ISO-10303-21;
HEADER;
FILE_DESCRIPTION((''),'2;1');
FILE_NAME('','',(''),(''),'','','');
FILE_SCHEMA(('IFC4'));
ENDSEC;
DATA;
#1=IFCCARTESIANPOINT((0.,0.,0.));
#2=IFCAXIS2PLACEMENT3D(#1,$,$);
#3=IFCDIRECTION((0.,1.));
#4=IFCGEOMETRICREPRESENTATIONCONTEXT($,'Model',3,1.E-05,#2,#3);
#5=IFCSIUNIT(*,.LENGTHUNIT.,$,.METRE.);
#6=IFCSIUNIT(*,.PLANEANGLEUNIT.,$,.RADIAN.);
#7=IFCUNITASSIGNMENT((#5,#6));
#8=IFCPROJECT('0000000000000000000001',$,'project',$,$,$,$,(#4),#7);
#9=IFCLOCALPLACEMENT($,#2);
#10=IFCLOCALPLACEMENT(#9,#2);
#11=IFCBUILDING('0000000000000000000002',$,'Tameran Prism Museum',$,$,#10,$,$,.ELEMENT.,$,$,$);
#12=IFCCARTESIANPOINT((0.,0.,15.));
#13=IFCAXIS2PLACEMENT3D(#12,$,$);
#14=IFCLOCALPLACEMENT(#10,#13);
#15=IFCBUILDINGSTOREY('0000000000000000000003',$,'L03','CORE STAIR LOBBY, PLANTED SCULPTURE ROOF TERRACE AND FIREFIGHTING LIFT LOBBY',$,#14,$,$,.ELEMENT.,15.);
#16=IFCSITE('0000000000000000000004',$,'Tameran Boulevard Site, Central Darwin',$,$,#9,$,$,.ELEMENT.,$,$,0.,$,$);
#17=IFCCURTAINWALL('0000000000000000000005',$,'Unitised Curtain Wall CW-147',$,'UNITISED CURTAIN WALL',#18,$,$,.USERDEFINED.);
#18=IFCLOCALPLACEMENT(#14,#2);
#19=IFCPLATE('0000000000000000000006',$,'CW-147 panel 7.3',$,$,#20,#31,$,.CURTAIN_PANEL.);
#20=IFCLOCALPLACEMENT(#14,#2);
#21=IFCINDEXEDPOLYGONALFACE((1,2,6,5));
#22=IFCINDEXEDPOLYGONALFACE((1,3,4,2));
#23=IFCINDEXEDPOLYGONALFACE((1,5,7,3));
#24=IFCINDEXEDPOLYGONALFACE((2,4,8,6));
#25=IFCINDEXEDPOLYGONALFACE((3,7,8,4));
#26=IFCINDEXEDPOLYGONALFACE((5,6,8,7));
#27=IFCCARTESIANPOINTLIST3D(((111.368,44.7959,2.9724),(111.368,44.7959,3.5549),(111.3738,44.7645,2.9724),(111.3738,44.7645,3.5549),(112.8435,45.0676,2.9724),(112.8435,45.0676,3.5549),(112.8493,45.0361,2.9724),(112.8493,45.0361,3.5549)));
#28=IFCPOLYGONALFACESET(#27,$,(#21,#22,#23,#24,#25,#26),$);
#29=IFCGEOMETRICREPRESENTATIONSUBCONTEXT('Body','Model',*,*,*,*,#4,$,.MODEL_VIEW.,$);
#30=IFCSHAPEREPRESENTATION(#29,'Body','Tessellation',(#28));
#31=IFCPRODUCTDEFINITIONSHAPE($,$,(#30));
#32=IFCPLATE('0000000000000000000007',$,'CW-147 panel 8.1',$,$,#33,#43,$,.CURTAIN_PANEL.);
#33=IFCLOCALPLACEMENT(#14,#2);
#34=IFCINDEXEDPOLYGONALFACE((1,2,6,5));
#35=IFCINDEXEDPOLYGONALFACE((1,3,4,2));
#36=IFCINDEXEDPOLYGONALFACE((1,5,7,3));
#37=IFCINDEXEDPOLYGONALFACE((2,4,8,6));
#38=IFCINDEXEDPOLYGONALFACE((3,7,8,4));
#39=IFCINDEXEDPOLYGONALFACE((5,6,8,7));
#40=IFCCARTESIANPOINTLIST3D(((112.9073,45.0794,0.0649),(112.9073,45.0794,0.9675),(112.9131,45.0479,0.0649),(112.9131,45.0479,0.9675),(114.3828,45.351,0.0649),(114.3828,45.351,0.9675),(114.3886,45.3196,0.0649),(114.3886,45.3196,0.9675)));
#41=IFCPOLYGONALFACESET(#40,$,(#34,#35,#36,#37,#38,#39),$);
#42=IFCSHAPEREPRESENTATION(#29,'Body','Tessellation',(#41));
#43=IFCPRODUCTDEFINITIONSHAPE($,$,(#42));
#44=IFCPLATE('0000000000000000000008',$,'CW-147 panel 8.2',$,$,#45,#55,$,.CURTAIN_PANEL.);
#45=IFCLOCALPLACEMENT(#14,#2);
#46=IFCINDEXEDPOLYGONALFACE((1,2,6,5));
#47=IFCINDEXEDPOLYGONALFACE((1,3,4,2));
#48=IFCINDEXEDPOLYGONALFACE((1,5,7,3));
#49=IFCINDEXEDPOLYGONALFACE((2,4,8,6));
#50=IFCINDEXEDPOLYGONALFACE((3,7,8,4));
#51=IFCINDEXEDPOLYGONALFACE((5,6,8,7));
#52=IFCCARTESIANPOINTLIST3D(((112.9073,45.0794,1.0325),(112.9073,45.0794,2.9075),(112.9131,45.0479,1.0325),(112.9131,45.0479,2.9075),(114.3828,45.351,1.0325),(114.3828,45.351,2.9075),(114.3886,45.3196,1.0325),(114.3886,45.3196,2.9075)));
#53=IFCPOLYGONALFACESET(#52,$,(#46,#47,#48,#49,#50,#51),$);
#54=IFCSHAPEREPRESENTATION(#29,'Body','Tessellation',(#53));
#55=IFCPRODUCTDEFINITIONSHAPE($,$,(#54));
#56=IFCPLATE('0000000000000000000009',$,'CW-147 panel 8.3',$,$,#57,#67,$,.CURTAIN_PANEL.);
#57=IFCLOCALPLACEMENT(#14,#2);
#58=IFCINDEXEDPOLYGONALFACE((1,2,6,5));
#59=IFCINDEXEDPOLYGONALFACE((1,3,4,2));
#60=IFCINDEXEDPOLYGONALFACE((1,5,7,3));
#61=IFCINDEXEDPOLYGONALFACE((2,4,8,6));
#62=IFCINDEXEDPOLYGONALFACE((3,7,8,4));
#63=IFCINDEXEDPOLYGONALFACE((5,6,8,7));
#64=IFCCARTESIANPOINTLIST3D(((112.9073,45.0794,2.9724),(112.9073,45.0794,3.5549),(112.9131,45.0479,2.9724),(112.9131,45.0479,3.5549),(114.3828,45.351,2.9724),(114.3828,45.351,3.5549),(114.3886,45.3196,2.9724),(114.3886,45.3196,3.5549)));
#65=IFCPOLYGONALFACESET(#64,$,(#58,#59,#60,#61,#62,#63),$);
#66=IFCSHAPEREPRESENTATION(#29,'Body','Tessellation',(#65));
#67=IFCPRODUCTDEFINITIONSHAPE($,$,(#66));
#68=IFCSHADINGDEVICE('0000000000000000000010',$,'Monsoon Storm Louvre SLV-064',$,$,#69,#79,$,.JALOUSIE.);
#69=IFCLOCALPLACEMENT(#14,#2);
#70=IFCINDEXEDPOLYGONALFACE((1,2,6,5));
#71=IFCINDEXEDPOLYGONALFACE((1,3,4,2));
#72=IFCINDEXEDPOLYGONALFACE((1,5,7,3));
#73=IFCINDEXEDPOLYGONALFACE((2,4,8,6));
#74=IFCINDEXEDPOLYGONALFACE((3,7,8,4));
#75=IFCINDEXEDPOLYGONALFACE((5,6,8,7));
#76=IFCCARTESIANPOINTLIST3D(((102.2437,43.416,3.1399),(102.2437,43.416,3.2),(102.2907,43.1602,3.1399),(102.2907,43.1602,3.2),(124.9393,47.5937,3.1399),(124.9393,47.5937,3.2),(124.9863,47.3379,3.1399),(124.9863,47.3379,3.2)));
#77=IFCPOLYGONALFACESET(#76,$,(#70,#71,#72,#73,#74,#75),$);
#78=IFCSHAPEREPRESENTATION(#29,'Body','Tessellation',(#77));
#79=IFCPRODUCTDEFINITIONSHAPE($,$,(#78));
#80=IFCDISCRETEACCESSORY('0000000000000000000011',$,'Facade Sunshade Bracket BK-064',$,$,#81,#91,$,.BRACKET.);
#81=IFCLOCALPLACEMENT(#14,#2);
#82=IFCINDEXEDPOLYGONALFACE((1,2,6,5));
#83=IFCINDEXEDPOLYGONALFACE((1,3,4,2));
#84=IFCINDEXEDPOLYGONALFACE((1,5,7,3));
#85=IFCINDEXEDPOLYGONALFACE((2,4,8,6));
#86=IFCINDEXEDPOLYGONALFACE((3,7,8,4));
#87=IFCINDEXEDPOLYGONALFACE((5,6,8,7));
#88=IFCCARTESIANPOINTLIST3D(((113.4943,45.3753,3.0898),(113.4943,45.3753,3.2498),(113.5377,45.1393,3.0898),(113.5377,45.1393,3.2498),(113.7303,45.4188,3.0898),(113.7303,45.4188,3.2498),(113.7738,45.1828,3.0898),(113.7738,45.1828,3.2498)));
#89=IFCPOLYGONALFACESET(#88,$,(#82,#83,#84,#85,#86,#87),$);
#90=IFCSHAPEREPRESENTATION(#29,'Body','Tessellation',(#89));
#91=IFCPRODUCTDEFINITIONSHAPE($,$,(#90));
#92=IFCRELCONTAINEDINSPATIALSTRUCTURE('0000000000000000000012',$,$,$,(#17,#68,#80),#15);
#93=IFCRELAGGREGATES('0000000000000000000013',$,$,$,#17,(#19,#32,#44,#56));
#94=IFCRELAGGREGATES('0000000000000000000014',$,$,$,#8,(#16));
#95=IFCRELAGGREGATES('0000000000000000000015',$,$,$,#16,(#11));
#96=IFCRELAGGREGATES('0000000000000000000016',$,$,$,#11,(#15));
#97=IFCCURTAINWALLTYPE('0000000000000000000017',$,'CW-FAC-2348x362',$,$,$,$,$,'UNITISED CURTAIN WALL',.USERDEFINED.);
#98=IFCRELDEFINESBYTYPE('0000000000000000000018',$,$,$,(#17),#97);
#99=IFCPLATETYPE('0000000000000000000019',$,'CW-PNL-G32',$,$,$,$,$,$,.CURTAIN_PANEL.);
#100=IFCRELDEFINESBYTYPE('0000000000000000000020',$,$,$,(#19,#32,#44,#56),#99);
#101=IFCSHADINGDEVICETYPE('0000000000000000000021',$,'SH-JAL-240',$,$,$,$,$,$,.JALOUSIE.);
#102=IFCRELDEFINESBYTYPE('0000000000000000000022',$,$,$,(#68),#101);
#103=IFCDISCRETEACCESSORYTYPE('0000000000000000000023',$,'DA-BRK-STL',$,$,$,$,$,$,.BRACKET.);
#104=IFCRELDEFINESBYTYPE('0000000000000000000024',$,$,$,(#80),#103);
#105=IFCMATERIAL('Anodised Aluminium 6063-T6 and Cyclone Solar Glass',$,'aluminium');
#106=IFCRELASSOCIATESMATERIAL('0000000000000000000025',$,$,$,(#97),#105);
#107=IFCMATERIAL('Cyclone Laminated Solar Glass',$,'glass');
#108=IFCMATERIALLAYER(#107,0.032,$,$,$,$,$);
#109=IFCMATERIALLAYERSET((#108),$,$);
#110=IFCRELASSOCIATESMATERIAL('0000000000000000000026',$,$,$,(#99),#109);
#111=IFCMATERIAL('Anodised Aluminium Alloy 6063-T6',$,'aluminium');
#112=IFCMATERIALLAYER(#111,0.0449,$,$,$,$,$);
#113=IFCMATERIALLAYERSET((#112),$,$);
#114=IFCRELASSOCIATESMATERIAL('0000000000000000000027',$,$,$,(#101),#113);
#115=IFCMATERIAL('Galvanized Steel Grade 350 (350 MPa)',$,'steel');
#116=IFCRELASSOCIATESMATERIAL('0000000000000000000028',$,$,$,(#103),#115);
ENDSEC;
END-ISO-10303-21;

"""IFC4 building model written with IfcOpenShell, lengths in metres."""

from ifc_helpers import new_model, si_unit, direction, frame, origin, origin_2d, place, context, subcontext, project, spatial, rectangle, extrude, material, layer, layer_set, type_object, element, aggregate, save


model = new_model("IFC4")

# Units and contexts
model_context = context("Model", 3, precision=1e-05, world=origin(), true_north=direction((0.0, 1.0)))
body_context = subcontext(model_context, "Body", "Model", "MODEL_VIEW")
ifc_project = project(units=[si_unit("LENGTHUNIT", "METRE"), si_unit("PLANEANGLEUNIT", "RADIAN")], contexts=[model_context])

# Site, building, storey
site_placement = place(None, origin())
site = spatial("IfcSite", under=ifc_project, at=site_placement, Name="Tameran Boulevard Site, Central Darwin", CompositionType="ELEMENT", RefElevation=0.0)
building_placement = place(site_placement, origin())
building = spatial("IfcBuilding", under=site, at=building_placement, Name="Tameran Prism Museum", CompositionType="ELEMENT")
storey_placement = place(building_placement, frame((0.0, 0.0, 15.0)))
storey = spatial("IfcBuildingStorey", under=building, at=storey_placement, Name="L03", Description="CORE STAIR LOBBY, PLANTED SCULPTURE ROOF TERRACE AND FIREFIGHTING LIFT LOBBY", CompositionType="ELEMENT", Elevation=15.0)

# Curtain wall, plates
ifc_material_1 = material(Name="Anodised Aluminium 6063-T6 and Cyclone Solar Glass", Category="aluminium")
curtain_wall_type = type_object("IfcCurtainWallType", Name="CW-FAC-2348x362", ElementType="UNITISED CURTAIN WALL", PredefinedType="USERDEFINED", material=ifc_material_1)
curtain_wall_placement = place(storey_placement, origin())
curtain_wall = element("IfcCurtainWall", 1, at=curtain_wall_placement, inside=storey, type_object=curtain_wall_type, Name="Unitised Curtain Wall CW-147", ObjectType="UNITISED CURTAIN WALL", PredefinedType="USERDEFINED")
ifc_material_2 = material(Name="Cyclone Laminated Solar Glass", Category="glass")
ifc_layer_1 = layer(ifc_material_2, 0.032)
ifc_layer_set_1 = layer_set([ifc_layer_1])
plate_type = type_object("IfcPlateType", Name="CW-PNL-G32", PredefinedType="CURTAIN_PANEL", material=ifc_layer_set_1)
plate_1_placement = place(storey_placement, frame((112.1086, 44.916, 2.9724), z_axis=(0.0, 0.0, 1.0), x_axis=(0.983472, 0.181063, 0.0)))
plate_1 = element("IfcPlate", 2, at=plate_1_placement, type_object=plate_type, Name="CW-147 panel 7.3", PredefinedType="CURTAIN_PANEL", context=body_context, shape_type="SweptSolid", body=[
    extrude(rectangle(XDim=1.5002, YDim=0.032, at=origin_2d()), origin(), (0.0, 0.0, 1.0), 0.5825),
])
plate_2_placement = place(storey_placement, frame((113.6479, 45.1995, 0.0649), z_axis=(0.0, 0.0, 1.0), x_axis=(0.983472, 0.181063, 0.0)))
plate_2 = element("IfcPlate", 3, at=plate_2_placement, type_object=plate_type, Name="CW-147 panel 8.1", PredefinedType="CURTAIN_PANEL", context=body_context, shape_type="SweptSolid", body=[
    extrude(rectangle(XDim=1.5002, YDim=0.032, at=origin_2d()), origin(), (0.0, 0.0, 1.0), 0.9026),
])
plate_3_placement = place(storey_placement, frame((113.6479, 45.1995, 1.0325), z_axis=(0.0, 0.0, 1.0), x_axis=(0.983472, 0.181063, 0.0)))
plate_3 = element("IfcPlate", 4, at=plate_3_placement, type_object=plate_type, Name="CW-147 panel 8.2", PredefinedType="CURTAIN_PANEL", context=body_context, shape_type="SweptSolid", body=[
    extrude(rectangle(XDim=1.5002, YDim=0.032, at=origin_2d()), origin(), (0.0, 0.0, 1.0), 1.875),
])
plate_4_placement = place(storey_placement, frame((113.6479, 45.1995, 2.9724), z_axis=(0.0, 0.0, 1.0), x_axis=(0.983472, 0.181063, 0.0)))
plate_4 = element("IfcPlate", 5, at=plate_4_placement, type_object=plate_type, Name="CW-147 panel 8.3", PredefinedType="CURTAIN_PANEL", context=body_context, shape_type="SweptSolid", body=[
    extrude(rectangle(XDim=1.5002, YDim=0.032, at=origin_2d()), origin(), (0.0, 0.0, 1.0), 0.5825),
])
aggregate(curtain_wall, [plate_1, plate_2, plate_3, plate_4])

# Shading device
ifc_material_3 = material(Name="Anodised Aluminium Alloy 6063-T6", Category="aluminium")
ifc_layer_2 = layer(ifc_material_3, 0.0449)
ifc_layer_set_2 = layer_set([ifc_layer_2])
shading_device_type = type_object("IfcShadingDeviceType", Name="SH-JAL-240", PredefinedType="JALOUSIE", material=ifc_layer_set_2)
shading_device_placement = place(storey_placement, frame((113.615, 45.377, 3.1399), z_axis=(0.0, 0.0, 1.0), x_axis=(0.983477, 0.181034, 0.0)))
element("IfcShadingDevice", 6, at=shading_device_placement, inside=storey, type_object=shading_device_type, Name="Monsoon Storm Louvre SLV-064", PredefinedType="JALOUSIE", context=body_context, shape_type="SweptSolid", body=[
    extrude(rectangle(XDim=23.0769, YDim=0.26, at=origin_2d()), origin(), (0.0, 0.0, 1.0), 0.0601),
])

# Discrete accessory
ifc_material_4 = material(Name="Galvanized Steel Grade 350 (350 MPa)", Category="steel")
discrete_accessory_type = type_object("IfcDiscreteAccessoryType", Name="DA-BRK-STL", PredefinedType="BRACKET", material=ifc_material_4)
discrete_accessory_placement = place(storey_placement, frame((113.634, 45.2791, 3.0898), z_axis=(0.0, 0.0, 1.0), x_axis=(0.983477, 0.181034, 0.0)))
element("IfcDiscreteAccessory", 7, at=discrete_accessory_placement, inside=storey, type_object=discrete_accessory_type, Name="Facade Sunshade Bracket BK-064", PredefinedType="BRACKET", context=body_context, shape_type="SweptSolid", body=[
    extrude(rectangle(XDim=0.24, YDim=0.24, at=origin_2d()), origin(), (0.0, 0.0, 1.0), 0.1599),
])

save(model, "model.ifc")
